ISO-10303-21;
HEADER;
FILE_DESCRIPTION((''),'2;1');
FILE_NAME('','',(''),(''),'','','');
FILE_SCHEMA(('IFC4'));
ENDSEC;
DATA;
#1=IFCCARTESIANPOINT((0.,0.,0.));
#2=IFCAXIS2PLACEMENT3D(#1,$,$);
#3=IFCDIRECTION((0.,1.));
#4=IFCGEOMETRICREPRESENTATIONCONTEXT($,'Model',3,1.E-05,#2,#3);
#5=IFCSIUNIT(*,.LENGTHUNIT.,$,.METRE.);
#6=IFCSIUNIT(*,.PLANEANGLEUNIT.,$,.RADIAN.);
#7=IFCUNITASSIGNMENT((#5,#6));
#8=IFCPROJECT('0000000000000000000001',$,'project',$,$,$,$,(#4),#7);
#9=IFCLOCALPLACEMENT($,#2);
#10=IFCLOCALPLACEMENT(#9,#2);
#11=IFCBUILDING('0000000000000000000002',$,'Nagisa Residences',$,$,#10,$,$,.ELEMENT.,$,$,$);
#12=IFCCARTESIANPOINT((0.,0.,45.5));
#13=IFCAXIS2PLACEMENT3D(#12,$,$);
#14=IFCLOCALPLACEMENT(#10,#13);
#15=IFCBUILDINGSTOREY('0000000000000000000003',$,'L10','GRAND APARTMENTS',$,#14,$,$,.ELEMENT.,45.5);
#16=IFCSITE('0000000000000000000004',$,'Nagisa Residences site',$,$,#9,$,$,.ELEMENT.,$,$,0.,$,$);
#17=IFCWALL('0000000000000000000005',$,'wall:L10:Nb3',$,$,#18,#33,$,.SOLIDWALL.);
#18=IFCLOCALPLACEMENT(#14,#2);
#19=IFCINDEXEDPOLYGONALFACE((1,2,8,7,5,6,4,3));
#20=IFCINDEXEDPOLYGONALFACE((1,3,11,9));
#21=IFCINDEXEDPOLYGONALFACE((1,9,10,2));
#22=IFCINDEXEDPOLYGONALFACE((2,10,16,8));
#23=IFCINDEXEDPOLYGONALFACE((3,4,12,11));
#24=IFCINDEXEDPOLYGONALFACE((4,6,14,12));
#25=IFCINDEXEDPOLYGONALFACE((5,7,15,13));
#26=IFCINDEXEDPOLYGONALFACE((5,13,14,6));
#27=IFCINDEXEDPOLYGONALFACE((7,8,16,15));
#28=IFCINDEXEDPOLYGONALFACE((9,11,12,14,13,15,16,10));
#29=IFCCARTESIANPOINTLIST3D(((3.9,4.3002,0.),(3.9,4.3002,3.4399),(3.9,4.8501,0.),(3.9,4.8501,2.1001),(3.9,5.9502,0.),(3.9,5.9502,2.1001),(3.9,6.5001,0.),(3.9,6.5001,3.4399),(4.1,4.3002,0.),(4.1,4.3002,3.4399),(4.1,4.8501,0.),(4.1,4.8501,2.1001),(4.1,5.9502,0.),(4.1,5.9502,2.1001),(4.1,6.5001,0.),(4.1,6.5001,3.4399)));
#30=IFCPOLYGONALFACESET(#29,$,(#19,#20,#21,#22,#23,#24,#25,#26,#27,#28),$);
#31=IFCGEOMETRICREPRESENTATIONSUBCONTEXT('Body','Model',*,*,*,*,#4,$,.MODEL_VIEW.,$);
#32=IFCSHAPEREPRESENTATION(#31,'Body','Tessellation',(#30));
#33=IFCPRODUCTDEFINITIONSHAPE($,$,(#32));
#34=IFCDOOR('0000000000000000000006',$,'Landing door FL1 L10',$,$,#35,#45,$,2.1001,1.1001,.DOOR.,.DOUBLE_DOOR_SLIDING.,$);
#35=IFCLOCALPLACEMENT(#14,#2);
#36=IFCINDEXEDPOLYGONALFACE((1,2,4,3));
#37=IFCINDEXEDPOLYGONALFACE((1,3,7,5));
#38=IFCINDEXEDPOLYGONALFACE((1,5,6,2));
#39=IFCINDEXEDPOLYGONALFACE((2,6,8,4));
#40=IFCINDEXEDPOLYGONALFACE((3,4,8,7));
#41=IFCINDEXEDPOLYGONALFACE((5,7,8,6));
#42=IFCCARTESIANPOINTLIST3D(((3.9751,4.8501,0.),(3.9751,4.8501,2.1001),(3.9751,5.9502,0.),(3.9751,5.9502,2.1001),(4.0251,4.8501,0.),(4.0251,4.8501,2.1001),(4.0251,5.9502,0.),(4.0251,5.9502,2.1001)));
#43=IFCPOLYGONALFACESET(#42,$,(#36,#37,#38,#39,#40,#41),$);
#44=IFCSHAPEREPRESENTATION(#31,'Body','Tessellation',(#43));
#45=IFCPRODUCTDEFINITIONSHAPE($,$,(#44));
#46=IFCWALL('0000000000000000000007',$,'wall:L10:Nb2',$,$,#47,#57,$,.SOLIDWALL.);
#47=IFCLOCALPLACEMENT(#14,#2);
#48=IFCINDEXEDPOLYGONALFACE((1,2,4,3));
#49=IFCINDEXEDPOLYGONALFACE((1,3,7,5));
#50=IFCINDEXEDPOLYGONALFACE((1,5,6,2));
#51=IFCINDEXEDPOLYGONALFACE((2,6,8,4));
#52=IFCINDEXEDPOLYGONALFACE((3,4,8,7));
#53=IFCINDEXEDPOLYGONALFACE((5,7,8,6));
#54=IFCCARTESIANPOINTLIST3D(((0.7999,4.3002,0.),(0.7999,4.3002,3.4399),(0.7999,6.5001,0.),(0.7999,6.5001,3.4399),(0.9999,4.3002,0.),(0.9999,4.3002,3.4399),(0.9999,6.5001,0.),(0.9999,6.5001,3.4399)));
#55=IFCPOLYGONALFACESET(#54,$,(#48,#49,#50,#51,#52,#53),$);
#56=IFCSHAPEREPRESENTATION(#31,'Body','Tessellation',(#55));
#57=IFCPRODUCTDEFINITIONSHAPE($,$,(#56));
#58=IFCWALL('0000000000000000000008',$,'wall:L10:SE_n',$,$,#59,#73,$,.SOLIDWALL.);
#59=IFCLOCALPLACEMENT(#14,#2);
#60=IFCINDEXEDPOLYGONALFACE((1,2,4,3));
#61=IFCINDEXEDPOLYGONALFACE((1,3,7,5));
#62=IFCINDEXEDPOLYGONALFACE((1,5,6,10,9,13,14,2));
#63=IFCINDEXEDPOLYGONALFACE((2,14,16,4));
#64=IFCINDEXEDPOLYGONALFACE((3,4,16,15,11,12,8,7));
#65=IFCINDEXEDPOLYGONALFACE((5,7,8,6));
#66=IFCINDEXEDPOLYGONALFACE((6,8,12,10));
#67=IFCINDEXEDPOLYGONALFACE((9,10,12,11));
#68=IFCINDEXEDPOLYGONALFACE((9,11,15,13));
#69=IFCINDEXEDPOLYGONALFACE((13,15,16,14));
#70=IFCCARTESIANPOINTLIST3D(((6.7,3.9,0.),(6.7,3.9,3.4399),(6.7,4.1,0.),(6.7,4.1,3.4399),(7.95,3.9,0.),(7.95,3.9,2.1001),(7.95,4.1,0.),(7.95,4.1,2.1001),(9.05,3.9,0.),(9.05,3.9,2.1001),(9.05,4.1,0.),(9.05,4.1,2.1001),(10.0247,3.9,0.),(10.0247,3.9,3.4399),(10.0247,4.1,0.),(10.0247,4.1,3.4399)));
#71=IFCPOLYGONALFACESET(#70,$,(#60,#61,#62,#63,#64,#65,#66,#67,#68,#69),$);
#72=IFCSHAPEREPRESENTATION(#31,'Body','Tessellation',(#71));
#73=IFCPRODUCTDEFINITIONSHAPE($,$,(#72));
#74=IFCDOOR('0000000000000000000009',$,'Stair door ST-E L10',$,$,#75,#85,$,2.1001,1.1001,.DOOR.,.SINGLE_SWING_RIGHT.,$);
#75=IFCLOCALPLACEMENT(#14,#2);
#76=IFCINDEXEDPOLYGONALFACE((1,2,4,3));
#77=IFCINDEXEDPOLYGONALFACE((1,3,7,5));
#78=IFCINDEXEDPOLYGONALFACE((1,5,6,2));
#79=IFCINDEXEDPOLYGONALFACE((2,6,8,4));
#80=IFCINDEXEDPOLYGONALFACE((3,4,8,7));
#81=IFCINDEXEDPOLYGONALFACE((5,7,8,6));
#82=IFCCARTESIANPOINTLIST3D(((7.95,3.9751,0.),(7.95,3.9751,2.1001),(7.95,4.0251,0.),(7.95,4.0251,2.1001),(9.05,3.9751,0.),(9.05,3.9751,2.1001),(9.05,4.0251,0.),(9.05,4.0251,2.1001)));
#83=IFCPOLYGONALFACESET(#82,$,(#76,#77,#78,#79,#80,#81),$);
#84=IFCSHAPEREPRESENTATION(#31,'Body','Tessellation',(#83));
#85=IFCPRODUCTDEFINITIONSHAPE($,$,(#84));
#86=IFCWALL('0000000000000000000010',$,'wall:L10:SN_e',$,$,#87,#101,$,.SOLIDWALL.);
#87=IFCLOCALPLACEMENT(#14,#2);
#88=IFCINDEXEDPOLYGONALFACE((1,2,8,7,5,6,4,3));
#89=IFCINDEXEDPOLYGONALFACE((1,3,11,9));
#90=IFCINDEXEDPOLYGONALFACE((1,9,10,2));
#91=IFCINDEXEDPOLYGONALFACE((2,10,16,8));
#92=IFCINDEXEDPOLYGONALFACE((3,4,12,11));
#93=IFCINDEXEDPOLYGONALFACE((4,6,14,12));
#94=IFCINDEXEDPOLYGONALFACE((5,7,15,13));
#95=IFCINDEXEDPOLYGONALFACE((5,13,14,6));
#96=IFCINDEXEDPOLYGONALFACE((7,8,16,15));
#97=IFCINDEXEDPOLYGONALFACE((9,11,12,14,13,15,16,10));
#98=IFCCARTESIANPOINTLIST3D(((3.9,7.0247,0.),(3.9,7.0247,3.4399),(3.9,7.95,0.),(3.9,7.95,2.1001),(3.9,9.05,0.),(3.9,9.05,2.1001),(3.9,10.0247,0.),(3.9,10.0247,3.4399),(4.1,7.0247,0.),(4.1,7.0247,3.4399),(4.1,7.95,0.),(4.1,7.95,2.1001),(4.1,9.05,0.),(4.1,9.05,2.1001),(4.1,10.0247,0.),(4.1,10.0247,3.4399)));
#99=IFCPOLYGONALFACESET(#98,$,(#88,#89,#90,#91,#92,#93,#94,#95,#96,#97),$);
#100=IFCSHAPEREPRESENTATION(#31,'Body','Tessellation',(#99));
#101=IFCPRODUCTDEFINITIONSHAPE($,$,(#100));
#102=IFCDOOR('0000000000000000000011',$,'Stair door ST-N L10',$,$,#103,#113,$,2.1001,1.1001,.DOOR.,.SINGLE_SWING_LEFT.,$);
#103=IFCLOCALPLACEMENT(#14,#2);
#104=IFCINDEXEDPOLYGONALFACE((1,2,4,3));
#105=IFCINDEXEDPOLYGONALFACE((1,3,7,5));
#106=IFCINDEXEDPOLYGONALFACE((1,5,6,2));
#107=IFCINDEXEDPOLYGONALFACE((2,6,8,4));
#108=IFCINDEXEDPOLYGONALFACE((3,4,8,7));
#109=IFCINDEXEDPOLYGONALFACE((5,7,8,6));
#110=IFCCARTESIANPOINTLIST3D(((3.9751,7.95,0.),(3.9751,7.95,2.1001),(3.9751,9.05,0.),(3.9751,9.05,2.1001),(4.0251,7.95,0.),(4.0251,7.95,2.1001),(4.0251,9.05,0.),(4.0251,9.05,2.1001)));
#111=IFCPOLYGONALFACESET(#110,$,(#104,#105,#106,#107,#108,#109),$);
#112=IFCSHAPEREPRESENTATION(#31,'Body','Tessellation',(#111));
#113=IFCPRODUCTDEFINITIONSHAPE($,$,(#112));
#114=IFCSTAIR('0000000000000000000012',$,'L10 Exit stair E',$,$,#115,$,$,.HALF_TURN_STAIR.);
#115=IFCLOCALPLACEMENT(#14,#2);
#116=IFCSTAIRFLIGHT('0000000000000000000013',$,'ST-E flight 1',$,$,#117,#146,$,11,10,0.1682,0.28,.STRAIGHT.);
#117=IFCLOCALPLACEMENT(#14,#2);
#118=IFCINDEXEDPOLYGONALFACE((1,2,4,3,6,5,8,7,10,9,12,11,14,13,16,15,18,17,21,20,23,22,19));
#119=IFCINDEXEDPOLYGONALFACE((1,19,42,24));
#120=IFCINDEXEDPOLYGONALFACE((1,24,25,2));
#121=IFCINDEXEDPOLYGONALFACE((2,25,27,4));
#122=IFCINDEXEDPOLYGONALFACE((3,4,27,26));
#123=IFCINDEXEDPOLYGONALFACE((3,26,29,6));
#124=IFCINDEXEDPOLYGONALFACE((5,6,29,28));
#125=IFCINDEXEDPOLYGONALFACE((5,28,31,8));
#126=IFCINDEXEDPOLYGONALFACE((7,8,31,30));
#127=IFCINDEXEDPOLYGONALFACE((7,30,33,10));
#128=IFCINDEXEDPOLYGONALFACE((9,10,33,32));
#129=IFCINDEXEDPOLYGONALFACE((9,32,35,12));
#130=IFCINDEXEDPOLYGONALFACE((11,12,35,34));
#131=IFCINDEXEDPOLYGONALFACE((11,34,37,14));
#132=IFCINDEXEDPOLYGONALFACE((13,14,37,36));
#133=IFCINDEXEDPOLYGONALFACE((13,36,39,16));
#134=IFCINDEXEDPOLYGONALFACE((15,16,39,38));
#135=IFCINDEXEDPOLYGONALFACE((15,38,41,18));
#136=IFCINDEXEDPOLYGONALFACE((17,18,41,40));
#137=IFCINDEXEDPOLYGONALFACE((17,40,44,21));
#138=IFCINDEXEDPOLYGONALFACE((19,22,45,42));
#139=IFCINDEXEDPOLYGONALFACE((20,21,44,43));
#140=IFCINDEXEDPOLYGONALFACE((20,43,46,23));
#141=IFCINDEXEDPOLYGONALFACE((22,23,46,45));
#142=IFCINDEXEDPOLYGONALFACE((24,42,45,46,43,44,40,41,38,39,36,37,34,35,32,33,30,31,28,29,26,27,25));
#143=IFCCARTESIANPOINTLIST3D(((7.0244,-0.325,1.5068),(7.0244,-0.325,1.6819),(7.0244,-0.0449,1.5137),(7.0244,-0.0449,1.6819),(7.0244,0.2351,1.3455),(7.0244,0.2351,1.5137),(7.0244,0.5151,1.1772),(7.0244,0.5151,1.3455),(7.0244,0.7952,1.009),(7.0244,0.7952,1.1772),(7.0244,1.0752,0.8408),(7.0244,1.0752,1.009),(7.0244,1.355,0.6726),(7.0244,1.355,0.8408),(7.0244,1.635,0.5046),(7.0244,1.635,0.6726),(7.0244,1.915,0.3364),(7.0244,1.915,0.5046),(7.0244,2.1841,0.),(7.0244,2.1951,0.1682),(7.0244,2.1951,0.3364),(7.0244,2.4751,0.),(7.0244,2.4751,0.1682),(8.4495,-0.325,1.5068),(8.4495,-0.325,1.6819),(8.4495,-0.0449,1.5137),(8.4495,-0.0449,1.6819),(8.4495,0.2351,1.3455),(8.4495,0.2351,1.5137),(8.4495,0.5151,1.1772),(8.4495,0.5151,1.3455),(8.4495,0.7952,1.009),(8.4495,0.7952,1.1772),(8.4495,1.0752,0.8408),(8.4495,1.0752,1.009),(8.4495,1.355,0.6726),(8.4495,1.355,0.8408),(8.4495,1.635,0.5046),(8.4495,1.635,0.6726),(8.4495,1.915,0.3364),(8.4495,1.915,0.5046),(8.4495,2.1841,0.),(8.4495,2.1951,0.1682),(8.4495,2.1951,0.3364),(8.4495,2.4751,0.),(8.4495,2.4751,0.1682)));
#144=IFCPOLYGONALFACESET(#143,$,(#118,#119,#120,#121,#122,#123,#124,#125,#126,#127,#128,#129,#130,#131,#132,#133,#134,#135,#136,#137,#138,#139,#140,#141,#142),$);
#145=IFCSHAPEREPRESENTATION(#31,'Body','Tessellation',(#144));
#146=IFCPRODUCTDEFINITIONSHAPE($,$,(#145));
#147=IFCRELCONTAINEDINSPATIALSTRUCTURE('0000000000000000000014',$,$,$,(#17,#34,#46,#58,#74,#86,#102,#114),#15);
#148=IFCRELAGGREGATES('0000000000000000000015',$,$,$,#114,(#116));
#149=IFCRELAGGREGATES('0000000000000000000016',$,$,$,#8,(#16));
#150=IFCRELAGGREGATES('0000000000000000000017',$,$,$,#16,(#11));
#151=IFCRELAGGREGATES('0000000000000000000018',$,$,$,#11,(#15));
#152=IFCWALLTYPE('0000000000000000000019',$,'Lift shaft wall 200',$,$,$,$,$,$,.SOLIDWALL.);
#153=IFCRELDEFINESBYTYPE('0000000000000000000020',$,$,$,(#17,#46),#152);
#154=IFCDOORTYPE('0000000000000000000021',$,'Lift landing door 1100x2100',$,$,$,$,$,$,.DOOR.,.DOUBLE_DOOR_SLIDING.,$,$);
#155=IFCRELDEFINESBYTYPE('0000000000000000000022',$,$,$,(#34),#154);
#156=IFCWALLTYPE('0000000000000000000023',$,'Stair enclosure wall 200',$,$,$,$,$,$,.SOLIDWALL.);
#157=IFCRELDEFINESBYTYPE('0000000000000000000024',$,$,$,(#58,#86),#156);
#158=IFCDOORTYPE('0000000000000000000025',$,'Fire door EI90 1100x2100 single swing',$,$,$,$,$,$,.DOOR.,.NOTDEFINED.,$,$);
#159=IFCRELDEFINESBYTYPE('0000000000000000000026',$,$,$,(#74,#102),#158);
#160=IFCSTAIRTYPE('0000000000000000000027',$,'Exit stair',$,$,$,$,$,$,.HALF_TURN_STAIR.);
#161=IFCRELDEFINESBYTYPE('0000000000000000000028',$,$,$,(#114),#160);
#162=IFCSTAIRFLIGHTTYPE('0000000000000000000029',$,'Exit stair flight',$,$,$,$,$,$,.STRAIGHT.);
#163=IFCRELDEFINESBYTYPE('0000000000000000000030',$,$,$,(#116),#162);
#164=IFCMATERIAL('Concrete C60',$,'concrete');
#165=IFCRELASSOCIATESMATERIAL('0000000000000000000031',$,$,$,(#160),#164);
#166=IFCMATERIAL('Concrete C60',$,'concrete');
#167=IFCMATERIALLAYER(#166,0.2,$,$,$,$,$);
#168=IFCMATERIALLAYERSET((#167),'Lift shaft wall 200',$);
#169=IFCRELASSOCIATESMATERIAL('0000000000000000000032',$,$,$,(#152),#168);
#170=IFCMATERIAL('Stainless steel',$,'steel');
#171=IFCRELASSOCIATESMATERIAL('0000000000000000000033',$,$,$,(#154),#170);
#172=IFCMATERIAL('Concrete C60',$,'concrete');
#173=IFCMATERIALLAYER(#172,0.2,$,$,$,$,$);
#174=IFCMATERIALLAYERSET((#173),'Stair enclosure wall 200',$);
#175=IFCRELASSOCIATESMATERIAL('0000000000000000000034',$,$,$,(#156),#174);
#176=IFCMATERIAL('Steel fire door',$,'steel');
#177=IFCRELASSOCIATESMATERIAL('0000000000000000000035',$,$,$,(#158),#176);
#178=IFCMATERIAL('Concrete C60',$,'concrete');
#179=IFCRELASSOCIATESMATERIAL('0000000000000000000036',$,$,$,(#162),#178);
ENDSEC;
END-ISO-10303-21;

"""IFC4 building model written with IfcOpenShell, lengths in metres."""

from ifc_helpers import new_model, si_unit, direction, frame, frame_2d, origin, place, context, subcontext, project, spatial, polyline, rectangle, outline, extrude, material, layer, layer_set, type_object, element, fill, aggregate, save


model = new_model("IFC4")

# Units and contexts
model_context = context("Model", 3, precision=1e-05, world=origin(), true_north=direction((0.0, 1.0)))
body_context = subcontext(model_context, "Body", "Model", "MODEL_VIEW")
ifc_project = project(units=[si_unit("LENGTHUNIT", "METRE"), si_unit("PLANEANGLEUNIT", "RADIAN")], contexts=[model_context])

# Site, building, storey
site_placement = place(None, origin())
site = spatial("IfcSite", under=ifc_project, at=site_placement, Name="Nagisa Residences site", CompositionType="ELEMENT", RefElevation=0.0)
building_placement = place(site_placement, origin())
building = spatial("IfcBuilding", under=site, at=building_placement, Name="Nagisa Residences", CompositionType="ELEMENT")
storey_placement = place(building_placement, frame((0.0, 0.0, 45.5)))
storey = spatial("IfcBuildingStorey", under=building, at=storey_placement, Name="L10", Description="GRAND APARTMENTS", CompositionType="ELEMENT", Elevation=45.5)

# Shared definitions
ifc_material_1 = material(Name="Concrete C60", Category="concrete")
stair_type = type_object("IfcStairType", Name="Exit stair", PredefinedType="HALF_TURN_STAIR", material=ifc_material_1)

# Wall, opening, door
ifc_material_2 = material(Name="Concrete C60", Category="concrete")
ifc_layer_1 = layer(ifc_material_2, 0.2)
ifc_layer_set_1 = layer_set([ifc_layer_1], Name="Lift shaft wall 200")
wall_type_1 = type_object("IfcWallType", Name="Lift shaft wall 200", PredefinedType="SOLIDWALL", material=ifc_layer_set_1)
wall_1_placement = place(storey_placement, frame((4.0, 4.3, 0.0), z_axis=(0.0, 0.0, 1.0), x_axis=(0.0, 1.0, 0.0)))
wall_1 = element("IfcWall", 1, at=wall_1_placement, inside=storey, type_object=wall_type_1, Name="wall:L10:Nb3", PredefinedType="SOLIDWALL", context=body_context, shape_type="SweptSolid", body=[
    extrude(rectangle(XDim=2.2, YDim=0.2, at=frame_2d((1.1001, 0.0))), origin(), (0.0, 0.0, 1.0), 3.4399),
])
opening_1_placement = place(wall_1_placement, frame((0.55, 0.0, 0.0)))
opening_1 = element("IfcOpeningElement", 2, at=opening_1_placement, cuts=wall_1, PredefinedType="OPENING", context=body_context, shape_type="SweptSolid", body=[
    extrude(rectangle(XDim=1.1001, YDim=2.1001, at=frame_2d((0.55, 1.05))), frame((0.0, 0.1099, 0.0), z_axis=(0.0, -1.0, 0.0), x_axis=(1.0, 0.0, 0.0)), (0.0, 0.0, 1.0), 0.22),
])
ifc_material_3 = material(Name="Stainless steel", Category="steel")
door_type_1 = type_object("IfcDoorType", Name="Lift landing door 1100x2100", OperationType="DOUBLE_DOOR_SLIDING", PredefinedType="DOOR", material=ifc_material_3)
door_1_placement = place(opening_1_placement, origin())
door_1 = element("IfcDoor", 3, at=door_1_placement, inside=storey, type_object=door_type_1, Name="Landing door FL1 L10", OperationType="DOUBLE_DOOR_SLIDING", OverallHeight=2.1001, OverallWidth=1.1001, PredefinedType="DOOR", context=body_context, shape_type="SweptSolid", body=[
    extrude(rectangle(XDim=1.1001, YDim=2.1001, at=frame_2d((0.55, 1.05))), frame((0.0, 0.0249, 0.0), z_axis=(0.0, -1.0, 0.0), x_axis=(1.0, 0.0, 0.0)), (0.0, 0.0, 1.0), 0.05),
])
fill(opening_1, door_1)

# Wall
wall_2_placement = place(storey_placement, frame((0.8999, 4.3, 0.0), z_axis=(0.0, 0.0, 1.0), x_axis=(0.0, 1.0, 0.0)))
element("IfcWall", 4, at=wall_2_placement, inside=storey, type_object=wall_type_1, Name="wall:L10:Nb2", PredefinedType="SOLIDWALL", context=body_context, shape_type="SweptSolid", body=[
    extrude(rectangle(XDim=2.2, YDim=0.2, at=frame_2d((1.1001, 0.0))), origin(), (0.0, 0.0, 1.0), 3.4399),
])

# Walls, openings, doors
ifc_material_4 = material(Name="Concrete C60", Category="concrete")
ifc_layer_2 = layer(ifc_material_4, 0.2)
ifc_layer_set_2 = layer_set([ifc_layer_2], Name="Stair enclosure wall 200")
wall_type_2 = type_object("IfcWallType", Name="Stair enclosure wall 200", PredefinedType="SOLIDWALL", material=ifc_layer_set_2)
wall_3_placement = place(storey_placement, frame((6.7, 4.0, 0.0), z_axis=(0.0, 0.0, 1.0), x_axis=(1.0, 0.0, 0.0)))
wall_3 = element("IfcWall", 5, at=wall_3_placement, inside=storey, type_object=wall_type_2, Name="wall:L10:SE_n", PredefinedType="SOLIDWALL", context=body_context, shape_type="SweptSolid", body=[
    extrude(rectangle(XDim=3.3247, YDim=0.2, at=frame_2d((1.6624, 0.0))), origin(), (0.0, 0.0, 1.0), 3.4399),
])
opening_2_placement = place(wall_3_placement, frame((1.25, 0.0, 0.0)))
opening_2 = element("IfcOpeningElement", 6, at=opening_2_placement, cuts=wall_3, PredefinedType="OPENING", context=body_context, shape_type="SweptSolid", body=[
    extrude(rectangle(XDim=1.1001, YDim=2.1001, at=frame_2d((0.55, 1.05))), frame((0.0, 0.1099, 0.0), z_axis=(0.0, -1.0, 0.0), x_axis=(1.0, 0.0, 0.0)), (0.0, 0.0, 1.0), 0.22),
])
ifc_material_5 = material(Name="Steel fire door", Category="steel")
door_type_2 = type_object("IfcDoorType", Name="Fire door EI90 1100x2100 single swing", OperationType="NOTDEFINED", PredefinedType="DOOR", material=ifc_material_5)
door_2_placement = place(opening_2_placement, frame((1.1001, 0.0, 0.0), x_axis=(-1.0, 0.0, 0.0)))
door_2 = element("IfcDoor", 7, at=door_2_placement, inside=storey, type_object=door_type_2, Name="Stair door ST-E L10", OperationType="SINGLE_SWING_RIGHT", OverallHeight=2.1001, OverallWidth=1.1001, PredefinedType="DOOR", context=body_context, shape_type="SweptSolid", body=[
    extrude(rectangle(XDim=1.1001, YDim=2.1001, at=frame_2d((0.55, 1.05))), frame((0.0, 0.0249, 0.0), z_axis=(0.0, -1.0, 0.0), x_axis=(1.0, 0.0, 0.0)), (0.0, 0.0, 1.0), 0.05),
])
fill(opening_2, door_2)
wall_4_placement = place(storey_placement, frame((4.0, 7.0247, 0.0), z_axis=(0.0, 0.0, 1.0), x_axis=(0.0, 1.0, 0.0)))
wall_4 = element("IfcWall", 8, at=wall_4_placement, inside=storey, type_object=wall_type_2, Name="wall:L10:SN_e", PredefinedType="SOLIDWALL", context=body_context, shape_type="SweptSolid", body=[
    extrude(rectangle(XDim=3.0, YDim=0.2, at=frame_2d((1.5, 0.0))), origin(), (0.0, 0.0, 1.0), 3.4399),
])
opening_3_placement = place(wall_4_placement, frame((0.9253, 0.0, 0.0)))
opening_3 = element("IfcOpeningElement", 9, at=opening_3_placement, cuts=wall_4, PredefinedType="OPENING", context=body_context, shape_type="SweptSolid", body=[
    extrude(rectangle(XDim=1.1001, YDim=2.1001, at=frame_2d((0.55, 1.05))), frame((0.0, 0.1099, 0.0), z_axis=(0.0, -1.0, 0.0), x_axis=(1.0, 0.0, 0.0)), (0.0, 0.0, 1.0), 0.22),
])
door_3_placement = place(opening_3_placement, origin())
door_3 = element("IfcDoor", 10, at=door_3_placement, inside=storey, type_object=door_type_2, Name="Stair door ST-N L10", OperationType="SINGLE_SWING_LEFT", OverallHeight=2.1001, OverallWidth=1.1001, PredefinedType="DOOR", context=body_context, shape_type="SweptSolid", body=[
    extrude(rectangle(XDim=1.1001, YDim=2.1001, at=frame_2d((0.55, 1.05))), frame((0.0, 0.0249, 0.0), z_axis=(0.0, -1.0, 0.0), x_axis=(1.0, 0.0, 0.0)), (0.0, 0.0, 1.0), 0.05),
])
fill(opening_3, door_3)

# Stair, stair flight
stair_1_placement = place(storey_placement, origin())
stair_1 = element("IfcStair", 11, at=stair_1_placement, inside=storey, type_object=stair_type, Name="L10 Exit stair E", PredefinedType="HALF_TURN_STAIR")
ifc_material_6 = material(Name="Concrete C60", Category="concrete")
stair_flight_type = type_object("IfcStairFlightType", Name="Exit stair flight", PredefinedType="STRAIGHT", material=ifc_material_6)
stair_flight_1_placement = place(storey_placement, frame((7.7371, 2.4751, 0.0), z_axis=(0.0, 0.0, 1.0), x_axis=(0.0, -1.0, 0.0)))
stair_flight_1 = element("IfcStairFlight", 12, at=stair_flight_1_placement, type_object=stair_flight_type, Name="ST-E flight 1", NumberOfRisers=11, NumberOfTreads=10, PredefinedType="STRAIGHT", RiserHeight=0.1682, TreadLength=0.28, context=body_context, shape_type="SweptSolid", body=[
    extrude(outline(polyline([(0.0, 0.0), (0.0, 0.1682), (0.28, 0.1682), (0.28, 0.3364), (0.5601, 0.3364), (0.5601, 0.5046), (0.8401, 0.5046), (0.8401, 0.6726), (1.1201, 0.6726), (1.1201, 0.8408), (1.3999, 0.8408), (1.3999, 1.009), (1.6799, 1.009), (1.6799, 1.1772), (1.96, 1.1772), (1.96, 1.3455), (2.24, 1.3455), (2.24, 1.5137), (2.52, 1.5137), (2.52, 1.6819), (2.8, 1.6819), (2.8, 1.8501), (2.8, 1.5068), (0.291, 0.0), (0.0, 0.0)])), frame((0.0, 0.7124, 0.0), z_axis=(0.0, -1.0, 0.0), x_axis=(1.0, 0.0, 0.0)), (0.0, 0.0, 1.0), 1.425),
])
aggregate(stair_1, [stair_flight_1])

save(model, "model.ifc")
